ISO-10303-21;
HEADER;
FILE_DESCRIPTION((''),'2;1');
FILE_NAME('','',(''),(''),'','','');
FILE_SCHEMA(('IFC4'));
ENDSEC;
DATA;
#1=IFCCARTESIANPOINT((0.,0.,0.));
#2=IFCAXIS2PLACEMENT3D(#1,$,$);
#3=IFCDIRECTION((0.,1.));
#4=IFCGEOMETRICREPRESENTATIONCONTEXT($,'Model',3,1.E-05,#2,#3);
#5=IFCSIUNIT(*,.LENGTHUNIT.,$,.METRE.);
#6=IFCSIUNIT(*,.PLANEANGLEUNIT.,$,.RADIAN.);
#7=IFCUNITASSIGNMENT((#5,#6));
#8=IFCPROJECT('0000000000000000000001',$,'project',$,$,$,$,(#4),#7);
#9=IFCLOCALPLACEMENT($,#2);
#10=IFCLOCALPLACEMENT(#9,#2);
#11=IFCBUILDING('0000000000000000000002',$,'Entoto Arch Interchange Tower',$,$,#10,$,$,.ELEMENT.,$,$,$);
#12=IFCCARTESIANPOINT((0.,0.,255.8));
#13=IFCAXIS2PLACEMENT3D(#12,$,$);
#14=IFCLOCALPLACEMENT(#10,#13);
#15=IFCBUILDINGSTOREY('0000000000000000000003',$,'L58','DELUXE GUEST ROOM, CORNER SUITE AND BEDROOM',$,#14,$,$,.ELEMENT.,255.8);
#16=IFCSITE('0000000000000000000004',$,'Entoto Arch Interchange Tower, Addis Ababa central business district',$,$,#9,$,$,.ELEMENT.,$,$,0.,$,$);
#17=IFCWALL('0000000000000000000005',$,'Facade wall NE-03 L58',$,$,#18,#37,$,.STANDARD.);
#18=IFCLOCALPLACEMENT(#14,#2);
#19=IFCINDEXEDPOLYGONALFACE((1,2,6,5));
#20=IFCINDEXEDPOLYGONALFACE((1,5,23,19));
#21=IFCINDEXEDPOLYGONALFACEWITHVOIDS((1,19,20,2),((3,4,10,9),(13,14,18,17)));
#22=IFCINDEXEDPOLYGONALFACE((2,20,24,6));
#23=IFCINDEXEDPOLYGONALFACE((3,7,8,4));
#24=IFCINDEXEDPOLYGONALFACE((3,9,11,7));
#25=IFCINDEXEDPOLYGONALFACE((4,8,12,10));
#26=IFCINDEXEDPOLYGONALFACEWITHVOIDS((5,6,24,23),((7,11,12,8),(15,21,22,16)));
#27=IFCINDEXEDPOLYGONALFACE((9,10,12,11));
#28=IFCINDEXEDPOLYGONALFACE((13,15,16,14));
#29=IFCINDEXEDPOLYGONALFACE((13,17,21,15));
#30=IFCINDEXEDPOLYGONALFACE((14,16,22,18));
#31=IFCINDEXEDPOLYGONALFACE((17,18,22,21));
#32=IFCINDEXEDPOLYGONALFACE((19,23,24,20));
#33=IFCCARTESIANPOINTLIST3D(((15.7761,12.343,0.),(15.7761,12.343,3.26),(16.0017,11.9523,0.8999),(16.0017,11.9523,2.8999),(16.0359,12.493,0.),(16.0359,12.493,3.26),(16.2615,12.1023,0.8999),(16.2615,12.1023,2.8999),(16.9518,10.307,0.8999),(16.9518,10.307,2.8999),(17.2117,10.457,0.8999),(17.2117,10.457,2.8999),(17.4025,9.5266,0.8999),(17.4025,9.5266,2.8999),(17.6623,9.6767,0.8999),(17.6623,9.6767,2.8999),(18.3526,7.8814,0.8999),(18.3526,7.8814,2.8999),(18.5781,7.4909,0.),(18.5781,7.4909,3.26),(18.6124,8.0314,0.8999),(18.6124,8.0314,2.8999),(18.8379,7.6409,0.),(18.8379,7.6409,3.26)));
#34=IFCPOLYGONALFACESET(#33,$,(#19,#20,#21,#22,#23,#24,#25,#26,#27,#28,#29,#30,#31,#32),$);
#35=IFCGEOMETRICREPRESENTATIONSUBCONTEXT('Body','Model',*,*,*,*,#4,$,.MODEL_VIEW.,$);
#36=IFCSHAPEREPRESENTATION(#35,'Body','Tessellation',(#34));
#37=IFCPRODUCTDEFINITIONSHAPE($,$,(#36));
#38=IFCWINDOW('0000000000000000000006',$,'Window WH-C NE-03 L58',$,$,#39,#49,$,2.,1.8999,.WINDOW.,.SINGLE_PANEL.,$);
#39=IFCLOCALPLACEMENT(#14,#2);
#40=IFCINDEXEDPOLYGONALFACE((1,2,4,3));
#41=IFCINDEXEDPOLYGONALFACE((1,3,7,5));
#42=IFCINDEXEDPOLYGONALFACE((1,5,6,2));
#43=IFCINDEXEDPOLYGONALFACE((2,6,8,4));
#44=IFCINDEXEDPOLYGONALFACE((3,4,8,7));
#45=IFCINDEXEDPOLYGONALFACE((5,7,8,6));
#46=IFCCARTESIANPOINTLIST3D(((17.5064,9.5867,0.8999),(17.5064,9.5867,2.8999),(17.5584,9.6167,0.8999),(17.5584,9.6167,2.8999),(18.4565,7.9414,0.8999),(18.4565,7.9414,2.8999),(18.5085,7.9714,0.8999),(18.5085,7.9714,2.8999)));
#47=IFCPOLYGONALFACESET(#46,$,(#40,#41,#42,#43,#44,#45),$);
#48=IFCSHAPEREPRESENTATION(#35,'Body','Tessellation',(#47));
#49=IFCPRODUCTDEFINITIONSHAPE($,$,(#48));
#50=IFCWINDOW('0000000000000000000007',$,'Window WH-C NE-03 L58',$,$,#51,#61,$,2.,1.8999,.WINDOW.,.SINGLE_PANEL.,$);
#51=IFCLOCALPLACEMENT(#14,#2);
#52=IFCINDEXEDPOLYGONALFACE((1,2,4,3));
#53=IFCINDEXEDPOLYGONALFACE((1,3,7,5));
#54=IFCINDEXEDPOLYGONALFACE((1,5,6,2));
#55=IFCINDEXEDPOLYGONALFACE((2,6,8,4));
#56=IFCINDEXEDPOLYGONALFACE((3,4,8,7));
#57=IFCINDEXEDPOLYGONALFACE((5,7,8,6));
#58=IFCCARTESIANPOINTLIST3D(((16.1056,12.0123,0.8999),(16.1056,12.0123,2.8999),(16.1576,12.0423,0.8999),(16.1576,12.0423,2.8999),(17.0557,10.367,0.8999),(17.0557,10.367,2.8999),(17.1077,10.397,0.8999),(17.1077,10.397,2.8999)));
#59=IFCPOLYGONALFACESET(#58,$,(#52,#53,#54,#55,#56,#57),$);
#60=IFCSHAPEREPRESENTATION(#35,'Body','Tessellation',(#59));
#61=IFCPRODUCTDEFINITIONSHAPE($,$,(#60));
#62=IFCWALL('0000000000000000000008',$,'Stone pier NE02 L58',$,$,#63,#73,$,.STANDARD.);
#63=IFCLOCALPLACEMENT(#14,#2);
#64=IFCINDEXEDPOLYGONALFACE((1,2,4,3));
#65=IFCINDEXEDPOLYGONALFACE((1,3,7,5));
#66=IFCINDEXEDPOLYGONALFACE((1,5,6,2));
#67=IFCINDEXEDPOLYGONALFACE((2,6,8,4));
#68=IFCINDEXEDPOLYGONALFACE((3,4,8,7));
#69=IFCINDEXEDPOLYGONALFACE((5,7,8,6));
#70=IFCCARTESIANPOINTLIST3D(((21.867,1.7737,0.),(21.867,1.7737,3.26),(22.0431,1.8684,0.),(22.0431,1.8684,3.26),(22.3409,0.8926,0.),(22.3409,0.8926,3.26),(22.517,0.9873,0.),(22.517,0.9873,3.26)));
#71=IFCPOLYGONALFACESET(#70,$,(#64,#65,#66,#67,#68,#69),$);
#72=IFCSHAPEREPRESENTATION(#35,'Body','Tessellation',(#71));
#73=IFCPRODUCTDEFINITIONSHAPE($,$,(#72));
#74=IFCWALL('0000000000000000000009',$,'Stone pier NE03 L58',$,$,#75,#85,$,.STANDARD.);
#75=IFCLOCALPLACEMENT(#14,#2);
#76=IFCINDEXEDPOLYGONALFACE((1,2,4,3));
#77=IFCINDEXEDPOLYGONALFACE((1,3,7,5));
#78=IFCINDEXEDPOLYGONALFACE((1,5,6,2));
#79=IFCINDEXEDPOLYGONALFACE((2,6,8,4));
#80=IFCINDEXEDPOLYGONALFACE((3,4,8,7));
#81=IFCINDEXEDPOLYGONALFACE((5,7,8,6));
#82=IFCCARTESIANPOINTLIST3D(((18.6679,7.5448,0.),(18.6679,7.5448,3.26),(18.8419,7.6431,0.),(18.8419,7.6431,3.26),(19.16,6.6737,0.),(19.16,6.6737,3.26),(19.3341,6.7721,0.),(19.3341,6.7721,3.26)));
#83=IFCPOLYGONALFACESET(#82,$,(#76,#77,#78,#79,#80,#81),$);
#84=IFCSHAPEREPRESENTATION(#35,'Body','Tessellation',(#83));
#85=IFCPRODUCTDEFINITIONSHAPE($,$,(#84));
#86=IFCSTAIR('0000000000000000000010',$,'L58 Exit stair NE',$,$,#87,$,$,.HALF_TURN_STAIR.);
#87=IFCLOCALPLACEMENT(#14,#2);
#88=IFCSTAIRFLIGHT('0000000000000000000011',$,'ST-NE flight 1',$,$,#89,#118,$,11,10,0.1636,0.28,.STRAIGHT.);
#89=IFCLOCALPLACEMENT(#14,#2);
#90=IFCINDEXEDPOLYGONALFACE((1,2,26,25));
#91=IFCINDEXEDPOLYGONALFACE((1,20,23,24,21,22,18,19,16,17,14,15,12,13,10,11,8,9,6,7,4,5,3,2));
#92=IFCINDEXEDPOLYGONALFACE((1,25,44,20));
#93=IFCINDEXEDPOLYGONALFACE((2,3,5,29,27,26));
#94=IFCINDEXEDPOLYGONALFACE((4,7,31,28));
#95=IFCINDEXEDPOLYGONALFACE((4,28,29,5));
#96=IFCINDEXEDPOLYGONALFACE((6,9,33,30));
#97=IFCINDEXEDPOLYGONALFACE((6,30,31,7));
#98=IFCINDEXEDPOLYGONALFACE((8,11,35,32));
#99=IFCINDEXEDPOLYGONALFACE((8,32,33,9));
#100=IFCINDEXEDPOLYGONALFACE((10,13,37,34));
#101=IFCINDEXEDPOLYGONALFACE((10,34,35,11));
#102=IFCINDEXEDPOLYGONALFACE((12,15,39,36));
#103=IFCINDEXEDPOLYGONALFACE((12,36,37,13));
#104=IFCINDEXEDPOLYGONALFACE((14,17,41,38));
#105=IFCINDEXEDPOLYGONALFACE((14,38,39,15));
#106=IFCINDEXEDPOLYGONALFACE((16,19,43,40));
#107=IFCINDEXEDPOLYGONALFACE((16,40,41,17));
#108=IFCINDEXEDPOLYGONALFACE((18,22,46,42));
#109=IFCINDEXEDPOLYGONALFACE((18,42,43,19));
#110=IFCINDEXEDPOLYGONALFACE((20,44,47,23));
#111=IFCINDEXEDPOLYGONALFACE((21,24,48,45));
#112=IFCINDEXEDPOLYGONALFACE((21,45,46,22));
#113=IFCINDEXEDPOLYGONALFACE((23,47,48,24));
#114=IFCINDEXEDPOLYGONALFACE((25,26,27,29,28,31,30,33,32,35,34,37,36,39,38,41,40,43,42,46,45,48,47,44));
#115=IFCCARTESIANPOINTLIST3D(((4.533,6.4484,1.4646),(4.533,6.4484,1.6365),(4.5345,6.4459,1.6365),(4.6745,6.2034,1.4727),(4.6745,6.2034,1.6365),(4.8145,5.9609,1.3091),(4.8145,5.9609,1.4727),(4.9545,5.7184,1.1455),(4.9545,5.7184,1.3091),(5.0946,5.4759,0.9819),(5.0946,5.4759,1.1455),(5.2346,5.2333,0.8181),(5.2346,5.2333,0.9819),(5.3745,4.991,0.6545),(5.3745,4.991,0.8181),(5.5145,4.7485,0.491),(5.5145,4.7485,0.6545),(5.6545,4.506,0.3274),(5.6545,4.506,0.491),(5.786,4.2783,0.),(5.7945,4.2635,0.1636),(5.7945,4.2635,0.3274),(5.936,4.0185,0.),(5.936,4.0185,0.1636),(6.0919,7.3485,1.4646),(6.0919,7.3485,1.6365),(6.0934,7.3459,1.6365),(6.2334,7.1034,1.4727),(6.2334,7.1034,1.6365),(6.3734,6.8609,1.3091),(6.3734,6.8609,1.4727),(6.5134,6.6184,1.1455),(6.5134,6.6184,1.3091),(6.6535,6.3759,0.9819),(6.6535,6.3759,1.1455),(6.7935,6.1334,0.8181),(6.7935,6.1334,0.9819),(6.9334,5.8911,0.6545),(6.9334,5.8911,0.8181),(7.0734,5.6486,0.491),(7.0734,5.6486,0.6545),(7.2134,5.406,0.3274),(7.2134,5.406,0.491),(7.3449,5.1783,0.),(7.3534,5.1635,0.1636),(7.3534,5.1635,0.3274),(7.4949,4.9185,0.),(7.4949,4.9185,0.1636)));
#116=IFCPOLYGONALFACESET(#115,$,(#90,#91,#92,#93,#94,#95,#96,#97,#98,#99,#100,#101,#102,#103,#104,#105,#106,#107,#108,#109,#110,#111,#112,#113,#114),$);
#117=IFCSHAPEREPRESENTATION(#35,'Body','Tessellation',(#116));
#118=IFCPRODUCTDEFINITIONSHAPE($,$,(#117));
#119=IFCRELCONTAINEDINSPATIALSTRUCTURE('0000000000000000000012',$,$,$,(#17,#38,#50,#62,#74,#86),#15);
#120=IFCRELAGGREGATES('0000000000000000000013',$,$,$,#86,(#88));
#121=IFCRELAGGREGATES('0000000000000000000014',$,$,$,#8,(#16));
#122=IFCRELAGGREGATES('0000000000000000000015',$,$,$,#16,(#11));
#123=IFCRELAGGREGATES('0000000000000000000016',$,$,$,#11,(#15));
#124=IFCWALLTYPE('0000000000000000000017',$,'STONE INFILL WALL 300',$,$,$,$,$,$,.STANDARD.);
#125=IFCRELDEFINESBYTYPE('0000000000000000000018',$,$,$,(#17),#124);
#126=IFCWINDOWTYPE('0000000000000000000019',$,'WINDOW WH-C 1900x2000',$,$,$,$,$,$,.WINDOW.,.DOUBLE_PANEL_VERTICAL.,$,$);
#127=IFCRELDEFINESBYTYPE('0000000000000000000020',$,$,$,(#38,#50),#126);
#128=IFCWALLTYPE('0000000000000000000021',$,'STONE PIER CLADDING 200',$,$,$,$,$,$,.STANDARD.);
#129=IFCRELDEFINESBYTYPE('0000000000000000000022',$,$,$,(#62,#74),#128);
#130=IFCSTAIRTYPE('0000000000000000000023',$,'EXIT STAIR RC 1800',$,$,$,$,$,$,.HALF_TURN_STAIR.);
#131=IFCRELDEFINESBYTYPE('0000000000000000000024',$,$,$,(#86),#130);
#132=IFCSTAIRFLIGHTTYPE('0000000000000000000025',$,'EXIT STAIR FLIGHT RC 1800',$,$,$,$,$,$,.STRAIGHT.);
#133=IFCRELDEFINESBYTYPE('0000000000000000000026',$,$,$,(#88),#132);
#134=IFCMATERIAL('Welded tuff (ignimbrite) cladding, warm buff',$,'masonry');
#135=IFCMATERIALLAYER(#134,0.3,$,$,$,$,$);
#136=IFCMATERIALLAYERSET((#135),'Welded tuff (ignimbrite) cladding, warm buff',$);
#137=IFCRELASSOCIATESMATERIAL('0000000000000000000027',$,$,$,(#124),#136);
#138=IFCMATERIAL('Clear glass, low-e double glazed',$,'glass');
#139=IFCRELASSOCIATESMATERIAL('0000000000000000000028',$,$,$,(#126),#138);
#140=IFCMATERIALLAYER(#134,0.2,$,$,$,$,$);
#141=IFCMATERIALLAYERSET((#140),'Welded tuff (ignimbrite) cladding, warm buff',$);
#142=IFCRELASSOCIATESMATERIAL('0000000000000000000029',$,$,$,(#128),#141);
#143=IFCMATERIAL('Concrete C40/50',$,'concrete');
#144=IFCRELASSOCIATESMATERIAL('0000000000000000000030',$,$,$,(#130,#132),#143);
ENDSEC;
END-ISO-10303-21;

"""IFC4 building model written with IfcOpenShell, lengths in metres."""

from ifc_helpers import new_model, si_unit, direction, frame, frame_2d, origin, place, context, subcontext, project, spatial, polyline, rectangle, outline, extrude, material, layer, layer_set, type_object, element, fill, aggregate, save


model = new_model("IFC4")

# Units and contexts
model_context = context("Model", 3, precision=1e-05, world=origin(), true_north=direction((0.0, 1.0)))
body_context = subcontext(model_context, "Body", "Model", "MODEL_VIEW")
ifc_project = project(units=[si_unit("LENGTHUNIT", "METRE"), si_unit("PLANEANGLEUNIT", "RADIAN")], contexts=[model_context])

# Site, building, storey
site_placement = place(None, origin())
site = spatial("IfcSite", under=ifc_project, at=site_placement, Name="Entoto Arch Interchange Tower, Addis Ababa central business district", CompositionType="ELEMENT", RefElevation=0.0)
building_placement = place(site_placement, origin())
building = spatial("IfcBuilding", under=site, at=building_placement, Name="Entoto Arch Interchange Tower", CompositionType="ELEMENT")
storey_placement = place(building_placement, frame((0.0, 0.0, 255.8)))
storey = spatial("IfcBuildingStorey", under=building, at=storey_placement, Name="L58", Description="DELUXE GUEST ROOM, CORNER SUITE AND BEDROOM", CompositionType="ELEMENT", Elevation=255.8)

# Shared definitions
ifc_material_1 = material(Name="Concrete C40/50", Category="concrete")

# Wall, openings, windows
ifc_material_2 = material(Name="Welded tuff (ignimbrite) cladding, warm buff", Category="masonry")
ifc_layer_1 = layer(ifc_material_2, 0.3)
ifc_layer_set_1 = layer_set([ifc_layer_1], Name="Welded tuff (ignimbrite) cladding, warm buff")
wall_type_1 = type_object("IfcWallType", Name="STONE INFILL WALL 300", PredefinedType="STANDARD", material=ifc_layer_set_1)
ifc_material_3 = material(Name="Clear glass, low-e double glazed", Category="glass")
window_type = type_object("IfcWindowType", Name="WINDOW WH-C 1900x2000", PartitioningType="DOUBLE_PANEL_VERTICAL", PredefinedType="WINDOW", material=ifc_material_3)
wall_1_placement = place(storey_placement, frame((18.708, 7.5659, 0.0), z_axis=(0.0, 0.0, 1.0), x_axis=(-0.50009, 0.865974, 0.0)))
wall_1 = element("IfcWall", 1, at=wall_1_placement, inside=storey, type_object=wall_type_1, Name="Facade wall NE-03 L58", PredefinedType="STANDARD", context=body_context, shape_type="SweptSolid", body=[
    extrude(rectangle(XDim=5.603, YDim=0.3, at=frame_2d((2.8015, 0.0))), origin(), (0.0, 0.0, 1.0), 3.26),
])
opening_1_placement = place(wall_1_placement, frame((0.4509, 0.0, 0.8999)))
opening_1 = element("IfcOpeningElement", 2, at=opening_1_placement, cuts=wall_1, PredefinedType="OPENING", context=body_context, shape_type="SweptSolid", body=[
    extrude(rectangle(XDim=1.8999, YDim=2.0, at=frame_2d((0.95, 1.0))), frame((0.0, 0.1602, 0.0), z_axis=(0.0, -1.0, 0.0), x_axis=(1.0, 0.0, 0.0)), (0.0, 0.0, 1.0), 0.3201),
])
opening_2_placement = place(wall_1_placement, frame((3.252, 0.0, 0.8999)))
opening_2 = element("IfcOpeningElement", 3, at=opening_2_placement, cuts=wall_1, PredefinedType="OPENING", context=body_context, shape_type="SweptSolid", body=[
    extrude(rectangle(XDim=1.8999, YDim=2.0, at=frame_2d((0.95, 1.0))), frame((0.0, 0.1602, 0.0), z_axis=(0.0, -1.0, 0.0), x_axis=(1.0, 0.0, 0.0)), (0.0, 0.0, 1.0), 0.3201),
])
window_1_placement = place(opening_1_placement, origin())
window_1 = element("IfcWindow", 4, at=window_1_placement, inside=storey, type_object=window_type, Name="Window WH-C NE-03 L58", OverallHeight=2.0, OverallWidth=1.8999, PartitioningType="SINGLE_PANEL", PredefinedType="WINDOW", context=body_context, shape_type="SweptSolid", body=[
    extrude(rectangle(XDim=1.8999, YDim=2.0, at=frame_2d((0.95, 1.0))), frame((0.0, 0.03, 0.0), z_axis=(0.0, -1.0, 0.0), x_axis=(1.0, 0.0, 0.0)), (0.0, 0.0, 1.0), 0.0601),
])
fill(opening_1, window_1)
window_2_placement = place(opening_2_placement, origin())
window_2 = element("IfcWindow", 5, at=window_2_placement, inside=storey, type_object=window_type, Name="Window WH-C NE-03 L58", OverallHeight=2.0, OverallWidth=1.8999, PartitioningType="SINGLE_PANEL", PredefinedType="WINDOW", context=body_context, shape_type="SweptSolid", body=[
    extrude(rectangle(XDim=1.8999, YDim=2.0, at=frame_2d((0.95, 1.0))), frame((0.0, 0.03, 0.0), z_axis=(0.0, -1.0, 0.0), x_axis=(1.0, 0.0, 0.0)), (0.0, 0.0, 1.0), 0.0601),
])
fill(opening_2, window_2)

# Walls
ifc_layer_2 = layer(ifc_material_2, 0.2)
ifc_layer_set_2 = layer_set([ifc_layer_2], Name="Welded tuff (ignimbrite) cladding, warm buff")
wall_type_2 = type_object("IfcWallType", Name="STONE PIER CLADDING 200", PredefinedType="STANDARD", material=ifc_layer_set_2)
for number, where, z_axis, x_axis, name in (
    (6, (22.429, 0.9399, 0.0), (0.0, 0.0, 1.0), (-0.473663, 0.880706, 0.0), "Stone pier NE02 L58"),
    (7, (19.2471, 6.7229, 0.0), (0.0, 0.0, 1.0), (-0.491929, 0.870636, 0.0), "Stone pier NE03 L58"),
):
    element("IfcWall", number, at=place(storey_placement, frame(where, z_axis=z_axis, x_axis=x_axis)), inside=storey, type_object=wall_type_2, Name=name, PredefinedType="STANDARD", context=body_context, shape_type="SweptSolid", body=[
        extrude(rectangle(XDim=1.0005, YDim=0.2, at=frame_2d((0.5002, 0.0))), origin(), (0.0, 0.0, 1.0), 3.26),
    ])

# Stair, stair flight
stair_type = type_object("IfcStairType", Name="EXIT STAIR RC 1800", PredefinedType="HALF_TURN_STAIR", material=ifc_material_1)
stair_placement = place(storey_placement, origin())
stair = element("IfcStair", 8, at=stair_placement, inside=storey, type_object=stair_type, Name="L58 Exit stair NE", PredefinedType="HALF_TURN_STAIR")
stair_flight_type = type_object("IfcStairFlightType", Name="EXIT STAIR FLIGHT RC 1800", PredefinedType="STRAIGHT", material=ifc_material_1)
stair_flight_placement = place(storey_placement, frame((6.7139, 4.4709, 0.0), z_axis=(0.0, 0.0, 1.0), x_axis=(-0.5, 0.866025, 0.0)))
stair_flight = element("IfcStairFlight", 9, at=stair_flight_placement, type_object=stair_flight_type, Name="ST-NE flight 1", NumberOfRisers=11, NumberOfTreads=10, PredefinedType="STRAIGHT", RiserHeight=0.1636, TreadLength=0.28, context=body_context, shape_type="SweptSolid", body=[
    extrude(outline(polyline([(-0.0029, 0.0), (-0.0029, 0.1636), (0.28, 0.1636), (0.28, 0.3274), (0.5601, 0.3274), (0.5601, 0.491), (0.8401, 0.491), (0.8401, 0.6545), (1.1201, 0.6545), (1.1201, 0.8181), (1.3999, 0.8181), (1.3999, 0.9819), (1.6799, 0.9819), (1.6799, 1.1455), (1.96, 1.1455), (1.96, 1.3091), (2.24, 1.3091), (2.24, 1.4727), (2.52, 1.4727), (2.52, 1.6365), (2.8, 1.6365), (2.803, 1.6365), (2.803, 1.4646), (0.2971, 0.0), (-0.0029, 0.0)])), frame((0.0, 0.8999, 0.0), z_axis=(0.0, -1.0, 0.0), x_axis=(1.0, 0.0, 0.0)), (0.0, 0.0, 1.0), 1.8),
])
aggregate(stair, [stair_flight])

save(model, "model.ifc")
